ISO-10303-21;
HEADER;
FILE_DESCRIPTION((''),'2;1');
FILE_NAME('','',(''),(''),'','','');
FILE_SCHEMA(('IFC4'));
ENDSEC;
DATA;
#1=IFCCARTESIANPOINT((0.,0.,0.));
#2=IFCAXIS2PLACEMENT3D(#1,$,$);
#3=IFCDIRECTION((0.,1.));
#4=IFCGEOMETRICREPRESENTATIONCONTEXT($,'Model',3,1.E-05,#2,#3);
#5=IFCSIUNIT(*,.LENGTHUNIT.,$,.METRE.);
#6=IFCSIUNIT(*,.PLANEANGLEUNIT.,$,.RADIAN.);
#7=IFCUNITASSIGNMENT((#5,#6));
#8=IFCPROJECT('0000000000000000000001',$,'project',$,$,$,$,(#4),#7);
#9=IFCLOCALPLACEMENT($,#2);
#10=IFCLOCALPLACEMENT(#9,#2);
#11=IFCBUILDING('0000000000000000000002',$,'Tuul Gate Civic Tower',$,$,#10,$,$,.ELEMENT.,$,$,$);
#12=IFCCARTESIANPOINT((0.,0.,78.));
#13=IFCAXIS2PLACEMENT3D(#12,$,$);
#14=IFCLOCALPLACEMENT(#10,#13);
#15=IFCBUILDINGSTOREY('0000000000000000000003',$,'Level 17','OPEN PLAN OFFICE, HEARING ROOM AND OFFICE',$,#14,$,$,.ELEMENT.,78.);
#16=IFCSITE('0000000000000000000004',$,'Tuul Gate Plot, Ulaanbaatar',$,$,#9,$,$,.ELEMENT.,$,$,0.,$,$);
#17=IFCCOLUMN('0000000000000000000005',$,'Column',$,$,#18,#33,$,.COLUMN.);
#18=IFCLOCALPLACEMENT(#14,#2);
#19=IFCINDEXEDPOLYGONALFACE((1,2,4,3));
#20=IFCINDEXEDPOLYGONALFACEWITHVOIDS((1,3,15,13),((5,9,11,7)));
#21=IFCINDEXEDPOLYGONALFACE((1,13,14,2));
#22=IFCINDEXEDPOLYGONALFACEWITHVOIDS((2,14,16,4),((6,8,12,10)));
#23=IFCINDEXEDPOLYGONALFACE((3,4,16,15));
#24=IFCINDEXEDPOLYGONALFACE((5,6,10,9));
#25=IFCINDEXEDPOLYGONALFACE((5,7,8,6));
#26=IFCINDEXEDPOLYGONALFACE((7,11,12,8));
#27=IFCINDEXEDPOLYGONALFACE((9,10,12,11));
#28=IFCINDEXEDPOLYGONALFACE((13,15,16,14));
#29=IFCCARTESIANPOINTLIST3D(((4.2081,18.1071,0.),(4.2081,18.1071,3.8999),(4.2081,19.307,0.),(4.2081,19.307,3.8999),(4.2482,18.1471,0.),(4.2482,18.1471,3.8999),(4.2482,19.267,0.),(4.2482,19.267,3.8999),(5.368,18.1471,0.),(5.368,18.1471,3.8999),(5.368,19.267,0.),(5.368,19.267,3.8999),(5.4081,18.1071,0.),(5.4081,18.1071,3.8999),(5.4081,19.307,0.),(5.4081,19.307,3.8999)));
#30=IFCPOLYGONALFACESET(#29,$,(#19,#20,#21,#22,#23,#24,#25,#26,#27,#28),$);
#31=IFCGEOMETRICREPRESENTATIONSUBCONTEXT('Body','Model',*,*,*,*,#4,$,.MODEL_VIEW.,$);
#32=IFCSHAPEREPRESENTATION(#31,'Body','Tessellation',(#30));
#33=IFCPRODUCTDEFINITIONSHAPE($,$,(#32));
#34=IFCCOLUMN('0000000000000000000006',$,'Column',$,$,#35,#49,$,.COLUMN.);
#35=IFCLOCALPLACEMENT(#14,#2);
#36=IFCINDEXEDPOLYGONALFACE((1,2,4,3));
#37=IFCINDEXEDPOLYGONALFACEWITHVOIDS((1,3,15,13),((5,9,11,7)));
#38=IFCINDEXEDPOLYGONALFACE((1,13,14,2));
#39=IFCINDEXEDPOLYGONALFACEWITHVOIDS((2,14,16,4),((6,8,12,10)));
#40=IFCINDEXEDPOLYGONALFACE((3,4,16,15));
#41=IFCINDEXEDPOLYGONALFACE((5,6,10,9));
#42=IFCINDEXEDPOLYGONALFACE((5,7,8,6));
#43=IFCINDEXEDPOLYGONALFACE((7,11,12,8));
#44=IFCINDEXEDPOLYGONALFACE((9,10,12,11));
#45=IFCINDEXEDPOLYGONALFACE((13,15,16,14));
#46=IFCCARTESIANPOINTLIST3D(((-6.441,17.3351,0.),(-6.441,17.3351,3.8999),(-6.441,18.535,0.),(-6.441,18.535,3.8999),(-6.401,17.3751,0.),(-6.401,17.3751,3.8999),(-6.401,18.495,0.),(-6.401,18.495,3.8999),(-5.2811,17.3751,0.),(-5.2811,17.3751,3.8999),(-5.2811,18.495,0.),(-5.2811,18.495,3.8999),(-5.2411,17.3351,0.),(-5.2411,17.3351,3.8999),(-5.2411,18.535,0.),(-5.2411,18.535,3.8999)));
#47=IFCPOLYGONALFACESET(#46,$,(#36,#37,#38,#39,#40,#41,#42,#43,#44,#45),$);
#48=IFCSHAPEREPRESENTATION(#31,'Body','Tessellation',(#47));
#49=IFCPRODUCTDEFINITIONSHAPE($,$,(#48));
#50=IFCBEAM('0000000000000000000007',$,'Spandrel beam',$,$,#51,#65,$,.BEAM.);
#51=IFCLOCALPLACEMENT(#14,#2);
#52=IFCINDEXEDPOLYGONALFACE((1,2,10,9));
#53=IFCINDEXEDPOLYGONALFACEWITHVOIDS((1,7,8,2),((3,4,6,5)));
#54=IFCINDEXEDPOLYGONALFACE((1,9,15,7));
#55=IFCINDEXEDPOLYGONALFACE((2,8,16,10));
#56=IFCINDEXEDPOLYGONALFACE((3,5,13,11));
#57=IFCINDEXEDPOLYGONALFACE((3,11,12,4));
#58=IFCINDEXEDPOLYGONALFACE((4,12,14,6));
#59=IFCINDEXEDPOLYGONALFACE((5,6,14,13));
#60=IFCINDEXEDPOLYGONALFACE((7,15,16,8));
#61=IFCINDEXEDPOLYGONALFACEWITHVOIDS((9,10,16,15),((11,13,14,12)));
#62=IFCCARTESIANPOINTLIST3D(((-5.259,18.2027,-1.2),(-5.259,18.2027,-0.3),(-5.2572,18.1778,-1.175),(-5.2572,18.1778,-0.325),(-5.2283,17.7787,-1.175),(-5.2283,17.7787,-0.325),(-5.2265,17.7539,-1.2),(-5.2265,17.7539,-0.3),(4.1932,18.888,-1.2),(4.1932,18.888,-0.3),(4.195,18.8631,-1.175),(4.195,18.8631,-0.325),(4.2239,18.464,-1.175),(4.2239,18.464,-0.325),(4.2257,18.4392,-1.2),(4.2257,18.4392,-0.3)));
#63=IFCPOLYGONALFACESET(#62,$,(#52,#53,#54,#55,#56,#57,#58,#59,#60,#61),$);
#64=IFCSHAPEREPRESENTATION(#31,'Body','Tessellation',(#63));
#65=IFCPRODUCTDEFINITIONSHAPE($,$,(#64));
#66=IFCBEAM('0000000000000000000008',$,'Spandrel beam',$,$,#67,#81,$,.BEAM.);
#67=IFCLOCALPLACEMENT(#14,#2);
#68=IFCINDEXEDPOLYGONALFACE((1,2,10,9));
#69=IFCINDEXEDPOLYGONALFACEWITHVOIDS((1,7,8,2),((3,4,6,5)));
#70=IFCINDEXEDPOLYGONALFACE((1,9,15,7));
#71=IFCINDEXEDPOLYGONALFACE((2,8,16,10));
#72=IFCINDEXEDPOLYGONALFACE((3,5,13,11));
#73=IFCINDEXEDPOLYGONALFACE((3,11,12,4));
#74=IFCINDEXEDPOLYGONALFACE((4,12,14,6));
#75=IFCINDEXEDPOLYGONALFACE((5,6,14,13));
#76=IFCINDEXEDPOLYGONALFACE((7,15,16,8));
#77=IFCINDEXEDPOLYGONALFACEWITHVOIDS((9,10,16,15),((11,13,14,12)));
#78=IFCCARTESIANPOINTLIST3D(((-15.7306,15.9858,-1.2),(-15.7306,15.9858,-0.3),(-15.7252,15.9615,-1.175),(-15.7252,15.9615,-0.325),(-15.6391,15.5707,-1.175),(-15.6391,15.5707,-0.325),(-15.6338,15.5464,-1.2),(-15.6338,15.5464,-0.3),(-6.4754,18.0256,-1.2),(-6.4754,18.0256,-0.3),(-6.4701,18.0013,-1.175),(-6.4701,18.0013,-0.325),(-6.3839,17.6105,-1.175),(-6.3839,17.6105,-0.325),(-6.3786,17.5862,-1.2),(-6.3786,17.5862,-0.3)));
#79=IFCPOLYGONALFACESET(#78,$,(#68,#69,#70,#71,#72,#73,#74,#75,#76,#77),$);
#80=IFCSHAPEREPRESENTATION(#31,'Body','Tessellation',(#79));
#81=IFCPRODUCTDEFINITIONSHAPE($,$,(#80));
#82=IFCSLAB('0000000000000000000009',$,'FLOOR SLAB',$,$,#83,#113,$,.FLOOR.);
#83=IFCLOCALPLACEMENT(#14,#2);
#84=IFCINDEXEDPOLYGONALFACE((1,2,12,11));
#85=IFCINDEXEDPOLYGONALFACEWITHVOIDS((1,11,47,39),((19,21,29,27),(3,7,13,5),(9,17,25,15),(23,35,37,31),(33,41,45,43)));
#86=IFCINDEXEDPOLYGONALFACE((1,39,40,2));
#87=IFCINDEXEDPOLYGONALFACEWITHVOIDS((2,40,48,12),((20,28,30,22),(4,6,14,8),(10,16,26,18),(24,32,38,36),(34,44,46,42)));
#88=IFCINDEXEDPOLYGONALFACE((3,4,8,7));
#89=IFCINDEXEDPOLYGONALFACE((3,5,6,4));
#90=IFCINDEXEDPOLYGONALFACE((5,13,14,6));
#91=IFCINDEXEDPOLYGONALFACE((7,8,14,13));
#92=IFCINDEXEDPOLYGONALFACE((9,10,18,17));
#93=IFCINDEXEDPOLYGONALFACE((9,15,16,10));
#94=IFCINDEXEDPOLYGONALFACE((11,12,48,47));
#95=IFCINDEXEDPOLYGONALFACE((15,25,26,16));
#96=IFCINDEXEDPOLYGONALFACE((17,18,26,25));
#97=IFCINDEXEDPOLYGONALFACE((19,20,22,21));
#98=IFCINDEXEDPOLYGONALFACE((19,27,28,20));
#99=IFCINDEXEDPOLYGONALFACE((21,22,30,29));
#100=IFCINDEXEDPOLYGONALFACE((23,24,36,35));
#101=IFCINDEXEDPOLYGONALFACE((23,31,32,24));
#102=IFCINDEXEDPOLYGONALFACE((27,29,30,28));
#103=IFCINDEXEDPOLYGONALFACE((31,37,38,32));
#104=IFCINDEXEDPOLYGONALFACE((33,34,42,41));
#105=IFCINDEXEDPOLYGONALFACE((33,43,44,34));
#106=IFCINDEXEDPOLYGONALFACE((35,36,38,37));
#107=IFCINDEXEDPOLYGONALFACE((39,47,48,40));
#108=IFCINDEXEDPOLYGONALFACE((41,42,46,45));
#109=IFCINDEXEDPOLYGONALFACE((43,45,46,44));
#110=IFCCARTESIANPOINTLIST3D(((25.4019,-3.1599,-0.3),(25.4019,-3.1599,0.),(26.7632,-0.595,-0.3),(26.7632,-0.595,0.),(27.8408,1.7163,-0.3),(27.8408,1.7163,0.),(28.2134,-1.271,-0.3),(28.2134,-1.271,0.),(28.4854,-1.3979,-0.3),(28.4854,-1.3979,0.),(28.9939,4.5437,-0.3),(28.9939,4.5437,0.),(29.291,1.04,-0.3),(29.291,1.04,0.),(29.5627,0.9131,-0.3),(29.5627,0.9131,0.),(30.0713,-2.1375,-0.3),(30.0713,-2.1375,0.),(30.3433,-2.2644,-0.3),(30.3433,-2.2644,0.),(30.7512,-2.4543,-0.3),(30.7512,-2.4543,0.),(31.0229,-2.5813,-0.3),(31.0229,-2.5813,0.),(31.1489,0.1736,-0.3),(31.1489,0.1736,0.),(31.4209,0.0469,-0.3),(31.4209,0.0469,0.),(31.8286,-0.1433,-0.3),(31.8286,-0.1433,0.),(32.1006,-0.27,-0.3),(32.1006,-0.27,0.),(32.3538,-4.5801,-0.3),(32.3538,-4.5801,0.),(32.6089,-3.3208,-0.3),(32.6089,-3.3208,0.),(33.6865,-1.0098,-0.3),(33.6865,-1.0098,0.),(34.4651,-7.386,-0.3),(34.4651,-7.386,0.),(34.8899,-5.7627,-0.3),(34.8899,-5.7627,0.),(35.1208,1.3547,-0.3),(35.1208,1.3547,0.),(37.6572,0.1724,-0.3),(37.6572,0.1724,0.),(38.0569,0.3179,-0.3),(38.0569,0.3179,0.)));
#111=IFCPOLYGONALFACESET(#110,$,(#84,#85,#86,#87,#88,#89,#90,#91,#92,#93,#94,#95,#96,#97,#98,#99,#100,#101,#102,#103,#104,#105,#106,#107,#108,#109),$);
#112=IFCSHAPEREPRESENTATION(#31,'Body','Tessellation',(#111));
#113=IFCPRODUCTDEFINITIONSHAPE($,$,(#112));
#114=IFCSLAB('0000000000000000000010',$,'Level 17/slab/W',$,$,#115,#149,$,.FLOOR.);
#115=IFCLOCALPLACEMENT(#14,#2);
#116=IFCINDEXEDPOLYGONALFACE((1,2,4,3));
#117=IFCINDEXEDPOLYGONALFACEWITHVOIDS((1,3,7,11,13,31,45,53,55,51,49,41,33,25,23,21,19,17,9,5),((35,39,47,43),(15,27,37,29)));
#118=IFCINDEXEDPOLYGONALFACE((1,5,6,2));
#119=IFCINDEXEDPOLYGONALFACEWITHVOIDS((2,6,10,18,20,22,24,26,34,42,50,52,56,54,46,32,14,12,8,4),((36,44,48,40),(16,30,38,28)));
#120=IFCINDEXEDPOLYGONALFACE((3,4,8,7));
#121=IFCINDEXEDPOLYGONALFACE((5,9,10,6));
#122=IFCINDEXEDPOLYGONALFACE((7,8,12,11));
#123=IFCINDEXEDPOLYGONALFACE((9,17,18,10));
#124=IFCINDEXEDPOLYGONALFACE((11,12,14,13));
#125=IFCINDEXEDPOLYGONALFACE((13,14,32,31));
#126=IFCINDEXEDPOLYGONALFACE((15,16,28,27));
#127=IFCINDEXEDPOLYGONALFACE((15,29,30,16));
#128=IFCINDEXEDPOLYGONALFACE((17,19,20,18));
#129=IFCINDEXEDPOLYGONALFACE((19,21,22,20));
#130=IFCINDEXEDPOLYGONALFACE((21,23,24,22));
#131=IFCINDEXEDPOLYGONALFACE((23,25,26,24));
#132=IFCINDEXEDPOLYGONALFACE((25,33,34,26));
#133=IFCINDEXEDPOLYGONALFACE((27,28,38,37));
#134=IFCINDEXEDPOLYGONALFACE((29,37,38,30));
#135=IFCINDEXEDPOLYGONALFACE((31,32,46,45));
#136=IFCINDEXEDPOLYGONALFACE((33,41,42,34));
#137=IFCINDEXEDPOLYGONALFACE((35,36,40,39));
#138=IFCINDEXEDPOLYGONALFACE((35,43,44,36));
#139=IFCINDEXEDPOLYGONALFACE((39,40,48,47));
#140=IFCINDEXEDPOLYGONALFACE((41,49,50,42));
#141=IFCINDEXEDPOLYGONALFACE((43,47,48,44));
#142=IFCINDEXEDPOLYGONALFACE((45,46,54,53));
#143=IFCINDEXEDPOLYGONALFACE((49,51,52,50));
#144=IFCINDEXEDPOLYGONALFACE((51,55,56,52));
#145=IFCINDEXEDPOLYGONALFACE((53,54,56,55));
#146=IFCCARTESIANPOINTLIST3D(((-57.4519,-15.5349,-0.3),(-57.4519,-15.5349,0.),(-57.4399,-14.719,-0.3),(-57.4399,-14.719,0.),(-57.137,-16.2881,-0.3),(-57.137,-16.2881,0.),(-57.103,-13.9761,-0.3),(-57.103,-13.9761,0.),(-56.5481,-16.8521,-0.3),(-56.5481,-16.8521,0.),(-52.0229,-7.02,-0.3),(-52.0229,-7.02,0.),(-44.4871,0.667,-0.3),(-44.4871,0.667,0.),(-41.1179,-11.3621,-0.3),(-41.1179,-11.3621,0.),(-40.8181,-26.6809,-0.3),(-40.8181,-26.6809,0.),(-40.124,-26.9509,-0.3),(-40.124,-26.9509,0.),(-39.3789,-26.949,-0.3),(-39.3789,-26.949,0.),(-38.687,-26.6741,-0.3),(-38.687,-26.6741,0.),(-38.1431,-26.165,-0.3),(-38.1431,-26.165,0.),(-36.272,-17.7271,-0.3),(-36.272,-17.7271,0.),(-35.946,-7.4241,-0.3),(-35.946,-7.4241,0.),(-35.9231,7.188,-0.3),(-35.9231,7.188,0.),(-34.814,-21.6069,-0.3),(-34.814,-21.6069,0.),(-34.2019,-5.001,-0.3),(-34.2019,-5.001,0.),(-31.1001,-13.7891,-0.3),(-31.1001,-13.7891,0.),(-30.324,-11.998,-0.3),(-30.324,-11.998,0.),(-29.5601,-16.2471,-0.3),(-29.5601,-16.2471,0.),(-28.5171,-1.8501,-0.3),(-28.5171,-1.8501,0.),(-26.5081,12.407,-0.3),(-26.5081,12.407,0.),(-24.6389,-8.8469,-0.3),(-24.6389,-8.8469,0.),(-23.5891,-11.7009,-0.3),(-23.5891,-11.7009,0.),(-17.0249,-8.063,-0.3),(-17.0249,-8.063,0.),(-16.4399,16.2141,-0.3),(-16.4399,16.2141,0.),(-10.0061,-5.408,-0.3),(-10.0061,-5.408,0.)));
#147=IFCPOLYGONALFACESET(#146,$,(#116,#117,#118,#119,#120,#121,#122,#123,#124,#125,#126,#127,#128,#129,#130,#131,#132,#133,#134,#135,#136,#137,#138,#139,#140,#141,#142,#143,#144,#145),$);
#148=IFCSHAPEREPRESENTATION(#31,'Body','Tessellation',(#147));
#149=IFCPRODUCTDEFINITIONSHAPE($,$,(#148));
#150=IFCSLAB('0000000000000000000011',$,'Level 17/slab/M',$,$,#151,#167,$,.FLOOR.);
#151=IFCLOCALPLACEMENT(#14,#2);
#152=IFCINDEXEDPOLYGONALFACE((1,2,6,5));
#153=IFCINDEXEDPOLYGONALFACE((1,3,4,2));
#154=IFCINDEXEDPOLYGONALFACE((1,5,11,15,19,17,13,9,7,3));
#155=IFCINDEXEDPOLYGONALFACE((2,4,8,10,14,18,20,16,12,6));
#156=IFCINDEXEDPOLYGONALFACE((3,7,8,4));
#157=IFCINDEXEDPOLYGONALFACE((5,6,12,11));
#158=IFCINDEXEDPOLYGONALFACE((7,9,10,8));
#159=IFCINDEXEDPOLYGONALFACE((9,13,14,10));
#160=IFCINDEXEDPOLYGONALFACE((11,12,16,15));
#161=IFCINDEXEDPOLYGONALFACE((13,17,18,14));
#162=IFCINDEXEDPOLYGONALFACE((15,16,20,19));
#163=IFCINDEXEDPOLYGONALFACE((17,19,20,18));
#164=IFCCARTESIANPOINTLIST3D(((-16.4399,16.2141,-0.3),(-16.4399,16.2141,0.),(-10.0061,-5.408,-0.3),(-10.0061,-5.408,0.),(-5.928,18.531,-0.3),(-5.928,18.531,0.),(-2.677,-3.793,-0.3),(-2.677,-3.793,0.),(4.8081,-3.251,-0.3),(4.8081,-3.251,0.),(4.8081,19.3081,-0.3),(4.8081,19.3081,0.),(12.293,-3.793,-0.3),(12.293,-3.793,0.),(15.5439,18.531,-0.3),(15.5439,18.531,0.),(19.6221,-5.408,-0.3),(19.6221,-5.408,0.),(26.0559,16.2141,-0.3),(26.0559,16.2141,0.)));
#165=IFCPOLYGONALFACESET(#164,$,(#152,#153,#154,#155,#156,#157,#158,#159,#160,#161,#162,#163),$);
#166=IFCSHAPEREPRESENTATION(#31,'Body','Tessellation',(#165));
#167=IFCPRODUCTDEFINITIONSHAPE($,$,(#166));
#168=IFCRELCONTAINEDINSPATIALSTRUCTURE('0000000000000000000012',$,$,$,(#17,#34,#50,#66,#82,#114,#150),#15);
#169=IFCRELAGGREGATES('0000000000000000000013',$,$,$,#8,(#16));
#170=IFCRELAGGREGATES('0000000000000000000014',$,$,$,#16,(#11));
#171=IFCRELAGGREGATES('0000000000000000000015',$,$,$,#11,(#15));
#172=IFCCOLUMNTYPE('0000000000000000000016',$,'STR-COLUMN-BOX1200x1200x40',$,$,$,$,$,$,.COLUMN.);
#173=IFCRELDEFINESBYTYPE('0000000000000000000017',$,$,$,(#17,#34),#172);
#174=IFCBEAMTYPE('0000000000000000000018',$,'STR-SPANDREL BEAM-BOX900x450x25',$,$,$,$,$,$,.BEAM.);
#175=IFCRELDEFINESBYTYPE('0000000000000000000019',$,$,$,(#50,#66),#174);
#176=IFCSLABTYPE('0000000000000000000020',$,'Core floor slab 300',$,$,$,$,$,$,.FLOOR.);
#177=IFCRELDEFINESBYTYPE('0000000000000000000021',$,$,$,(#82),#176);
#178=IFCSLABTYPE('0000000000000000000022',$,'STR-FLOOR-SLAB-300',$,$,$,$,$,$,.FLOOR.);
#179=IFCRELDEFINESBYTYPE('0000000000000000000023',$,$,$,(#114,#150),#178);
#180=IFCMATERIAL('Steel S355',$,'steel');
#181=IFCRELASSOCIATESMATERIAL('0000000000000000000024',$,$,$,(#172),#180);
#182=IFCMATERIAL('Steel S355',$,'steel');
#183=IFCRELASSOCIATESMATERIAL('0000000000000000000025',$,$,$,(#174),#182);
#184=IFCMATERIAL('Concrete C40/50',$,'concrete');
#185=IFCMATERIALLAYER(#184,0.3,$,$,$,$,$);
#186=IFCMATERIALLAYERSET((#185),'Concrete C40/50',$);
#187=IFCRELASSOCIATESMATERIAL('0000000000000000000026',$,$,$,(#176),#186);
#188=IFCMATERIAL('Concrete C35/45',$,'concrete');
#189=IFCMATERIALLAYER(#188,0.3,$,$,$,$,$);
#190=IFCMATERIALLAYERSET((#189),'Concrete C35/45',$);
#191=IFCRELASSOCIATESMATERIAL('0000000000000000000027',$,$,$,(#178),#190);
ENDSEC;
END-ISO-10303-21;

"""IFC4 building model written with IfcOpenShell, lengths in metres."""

from ifc_helpers import new_model, si_unit, direction, frame, origin, origin_2d, place, context, subcontext, project, spatial, polyline, hollow_rectangle, outline, extrude, material, layer, layer_set, material_profile, profile_set, type_object, element, save


model = new_model("IFC4")

# Units and contexts
model_context = context("Model", 3, precision=1e-05, world=origin(), true_north=direction((0.0, 1.0)))
body_context = subcontext(model_context, "Body", "Model", "MODEL_VIEW")
ifc_project = project(units=[si_unit("LENGTHUNIT", "METRE"), si_unit("PLANEANGLEUNIT", "RADIAN")], contexts=[model_context])

# Site, building, storey
site_placement = place(None, origin())
site = spatial("IfcSite", under=ifc_project, at=site_placement, Name="Tuul Gate Plot, Ulaanbaatar", CompositionType="ELEMENT", RefElevation=0.0)
building_placement = place(site_placement, origin())
building = spatial("IfcBuilding", under=site, at=building_placement, Name="Tuul Gate Civic Tower", CompositionType="ELEMENT")
storey_placement = place(building_placement, frame((0.0, 0.0, 78.0)))
storey = spatial("IfcBuildingStorey", under=building, at=storey_placement, Name="Level 17", Description="OPEN PLAN OFFICE, HEARING ROOM AND OFFICE", CompositionType="ELEMENT", Elevation=78.0)

# Columns
ifc_material_1 = material(Name="Steel S355", Category="steel")
ifc_material_profile_1 = material_profile(ifc_material_1, hollow_rectangle(XDim=1.2, YDim=1.2, WallThickness=0.04, at=origin_2d()), Name="BOX1200x1200x40")
ifc_profile_set_1 = profile_set([ifc_material_profile_1], Name="Steel S355")
column_type = type_object("IfcColumnType", Name="STR-COLUMN-BOX1200x1200x40", PredefinedType="COLUMN", material=ifc_profile_set_1)
for number, where, z_axis, x_axis, name in (
    (1, (4.8081, 18.707, 0.0), (0.0, 0.0, 1.0), (1.0, 0.0, 0.0), "Column"),
    (2, (-5.8411, 17.9351, 0.0), (0.0, 0.0, 1.0), (1.0, 0.0, 0.0), "Column"),
):
    element("IfcColumn", number, at=place(storey_placement, frame(where, z_axis=z_axis, x_axis=x_axis)), inside=storey, type_object=column_type, Name=name, PredefinedType="COLUMN", context=body_context, shape_type="SweptSolid", body=[
        extrude(hollow_rectangle(XDim=1.2, YDim=1.2, WallThickness=0.04, at=origin_2d()), origin(), (0.0, 0.0, 1.0), 3.8999),
    ])

# Beams
ifc_material_2 = material(Name="Steel S355", Category="steel")
ifc_material_profile_2 = material_profile(ifc_material_2, hollow_rectangle(XDim=0.45, YDim=0.8999, WallThickness=0.0249, at=origin_2d()), Name="BOX900x450x25")
ifc_profile_set_2 = profile_set([ifc_material_profile_2], Name="Steel S355")
beam_type = type_object("IfcBeamType", Name="STR-SPANDREL BEAM-BOX900x450x25", PredefinedType="BEAM", material=ifc_profile_set_2)
beam_1_placement = place(storey_placement, frame((4.2095, 18.6636, -0.75), z_axis=(-0.997382, -0.072313, 0.0), x_axis=(0.072313, -0.997382, 0.0)))
element("IfcBeam", 3, at=beam_1_placement, inside=storey, type_object=beam_type, Name="Spandrel beam", PredefinedType="BEAM", context=body_context, shape_type="SweptSolid", body=[
    extrude(hollow_rectangle(XDim=0.45, YDim=0.8999, WallThickness=0.0249, at=origin_2d()), origin(), (0.0, 0.0, 1.0), 9.4771),
])
beam_2_placement = place(storey_placement, frame((-6.427, 17.8059, -0.75), z_axis=(-0.976563, -0.215231, 0.0), x_axis=(0.215231, -0.976563, 0.0)))
element("IfcBeam", 4, at=beam_2_placement, inside=storey, type_object=beam_type, Name="Spandrel beam", PredefinedType="BEAM", context=body_context, shape_type="SweptSolid", body=[
    extrude(hollow_rectangle(XDim=0.45, YDim=0.8999, WallThickness=0.0249, at=origin_2d()), origin(), (0.0, 0.0, 1.0), 9.4773),
])

# Slabs
ifc_material_3 = material(Name="Concrete C40/50", Category="concrete")
ifc_layer_1 = layer(ifc_material_3, 0.3)
ifc_layer_set_1 = layer_set([ifc_layer_1], Name="Concrete C40/50")
slab_type_1 = type_object("IfcSlabType", Name="Core floor slab 300", PredefinedType="FLOOR", material=ifc_layer_set_1)
slab_1_placement = place(storey_placement, frame((0.0, 0.0, -0.3)))
element("IfcSlab", 5, at=slab_1_placement, inside=storey, type_object=slab_type_1, Name="FLOOR SLAB", PredefinedType="FLOOR", context=body_context, shape_type="SweptSolid", body=[
    extrude(outline(polyline([(34.4651, -7.386), (38.0569, 0.3179), (28.9939, 4.5437), (25.4019, -3.1599), (34.4651, -7.386)]), holes=[polyline([(32.6089, -3.3208), (33.6865, -1.0098), (32.1006, -0.27), (31.0229, -2.5813), (32.6089, -3.3208)]), polyline([(30.0713, -2.1375), (31.1489, 0.1736), (29.5627, 0.9131), (28.4854, -1.3979), (30.0713, -2.1375)]), polyline([(30.7512, -2.4543), (31.8286, -0.1433), (31.4209, 0.0469), (30.3433, -2.2644), (30.7512, -2.4543)]), polyline([(28.2134, -1.271), (29.291, 1.04), (27.8408, 1.7163), (26.7632, -0.595), (28.2134, -1.271)]), polyline([(34.8899, -5.7627), (32.3538, -4.5801), (35.1208, 1.3547), (37.6572, 0.1724), (34.8899, -5.7627)])]), origin(), (0.0, 0.0, 1.0), 0.3),
])
ifc_material_4 = material(Name="Concrete C35/45", Category="concrete")
ifc_layer_2 = layer(ifc_material_4, 0.3)
ifc_layer_set_2 = layer_set([ifc_layer_2], Name="Concrete C35/45")
slab_type_2 = type_object("IfcSlabType", Name="STR-FLOOR-SLAB-300", PredefinedType="FLOOR", material=ifc_layer_set_2)
slab_2_placement = place(storey_placement, frame((0.0, 0.0, -0.3)))
element("IfcSlab", 6, at=slab_2_placement, inside=storey, type_object=slab_type_2, Name="Level 17/slab/W", PredefinedType="FLOOR", context=body_context, shape_type="SweptSolid", body=[
    extrude(outline(polyline([(-10.0061, -5.408), (-16.4399, 16.2141), (-26.5081, 12.407), (-35.9231, 7.188), (-44.4871, 0.667), (-52.0229, -7.02), (-57.103, -13.9761), (-57.4399, -14.719), (-57.4519, -15.5349), (-57.137, -16.2881), (-56.5481, -16.8521), (-40.8181, -26.6809), (-40.124, -26.9509), (-39.3789, -26.949), (-38.687, -26.6741), (-38.1431, -26.165), (-34.814, -21.6069), (-29.5601, -16.2471), (-23.5891, -11.7009), (-17.0249, -8.063), (-10.0061, -5.408)]), holes=[polyline([(-31.1001, -13.7891), (-36.272, -17.7271), (-41.1179, -11.3621), (-35.946, -7.4241), (-31.1001, -13.7891)]), polyline([(-24.6389, -8.8469), (-30.324, -11.998), (-34.2019, -5.001), (-28.5171, -1.8501), (-24.6389, -8.8469)])]), origin(), (0.0, 0.0, 1.0), 0.3),
])
slab_3_placement = place(storey_placement, frame((0.0, 0.0, -0.3)))
element("IfcSlab", 7, at=slab_3_placement, inside=storey, type_object=slab_type_2, Name="Level 17/slab/M", PredefinedType="FLOOR", context=body_context, shape_type="SweptSolid", body=[
    extrude(outline(polyline([(19.6221, -5.408), (26.0559, 16.2141), (15.5439, 18.531), (4.8081, 19.3081), (-5.928, 18.531), (-16.4399, 16.2141), (-10.0061, -5.408), (-2.677, -3.793), (4.8081, -3.251), (12.293, -3.793), (19.6221, -5.408)])), origin(), (0.0, 0.0, 1.0), 0.3),
])

save(model, "model.ifc")
